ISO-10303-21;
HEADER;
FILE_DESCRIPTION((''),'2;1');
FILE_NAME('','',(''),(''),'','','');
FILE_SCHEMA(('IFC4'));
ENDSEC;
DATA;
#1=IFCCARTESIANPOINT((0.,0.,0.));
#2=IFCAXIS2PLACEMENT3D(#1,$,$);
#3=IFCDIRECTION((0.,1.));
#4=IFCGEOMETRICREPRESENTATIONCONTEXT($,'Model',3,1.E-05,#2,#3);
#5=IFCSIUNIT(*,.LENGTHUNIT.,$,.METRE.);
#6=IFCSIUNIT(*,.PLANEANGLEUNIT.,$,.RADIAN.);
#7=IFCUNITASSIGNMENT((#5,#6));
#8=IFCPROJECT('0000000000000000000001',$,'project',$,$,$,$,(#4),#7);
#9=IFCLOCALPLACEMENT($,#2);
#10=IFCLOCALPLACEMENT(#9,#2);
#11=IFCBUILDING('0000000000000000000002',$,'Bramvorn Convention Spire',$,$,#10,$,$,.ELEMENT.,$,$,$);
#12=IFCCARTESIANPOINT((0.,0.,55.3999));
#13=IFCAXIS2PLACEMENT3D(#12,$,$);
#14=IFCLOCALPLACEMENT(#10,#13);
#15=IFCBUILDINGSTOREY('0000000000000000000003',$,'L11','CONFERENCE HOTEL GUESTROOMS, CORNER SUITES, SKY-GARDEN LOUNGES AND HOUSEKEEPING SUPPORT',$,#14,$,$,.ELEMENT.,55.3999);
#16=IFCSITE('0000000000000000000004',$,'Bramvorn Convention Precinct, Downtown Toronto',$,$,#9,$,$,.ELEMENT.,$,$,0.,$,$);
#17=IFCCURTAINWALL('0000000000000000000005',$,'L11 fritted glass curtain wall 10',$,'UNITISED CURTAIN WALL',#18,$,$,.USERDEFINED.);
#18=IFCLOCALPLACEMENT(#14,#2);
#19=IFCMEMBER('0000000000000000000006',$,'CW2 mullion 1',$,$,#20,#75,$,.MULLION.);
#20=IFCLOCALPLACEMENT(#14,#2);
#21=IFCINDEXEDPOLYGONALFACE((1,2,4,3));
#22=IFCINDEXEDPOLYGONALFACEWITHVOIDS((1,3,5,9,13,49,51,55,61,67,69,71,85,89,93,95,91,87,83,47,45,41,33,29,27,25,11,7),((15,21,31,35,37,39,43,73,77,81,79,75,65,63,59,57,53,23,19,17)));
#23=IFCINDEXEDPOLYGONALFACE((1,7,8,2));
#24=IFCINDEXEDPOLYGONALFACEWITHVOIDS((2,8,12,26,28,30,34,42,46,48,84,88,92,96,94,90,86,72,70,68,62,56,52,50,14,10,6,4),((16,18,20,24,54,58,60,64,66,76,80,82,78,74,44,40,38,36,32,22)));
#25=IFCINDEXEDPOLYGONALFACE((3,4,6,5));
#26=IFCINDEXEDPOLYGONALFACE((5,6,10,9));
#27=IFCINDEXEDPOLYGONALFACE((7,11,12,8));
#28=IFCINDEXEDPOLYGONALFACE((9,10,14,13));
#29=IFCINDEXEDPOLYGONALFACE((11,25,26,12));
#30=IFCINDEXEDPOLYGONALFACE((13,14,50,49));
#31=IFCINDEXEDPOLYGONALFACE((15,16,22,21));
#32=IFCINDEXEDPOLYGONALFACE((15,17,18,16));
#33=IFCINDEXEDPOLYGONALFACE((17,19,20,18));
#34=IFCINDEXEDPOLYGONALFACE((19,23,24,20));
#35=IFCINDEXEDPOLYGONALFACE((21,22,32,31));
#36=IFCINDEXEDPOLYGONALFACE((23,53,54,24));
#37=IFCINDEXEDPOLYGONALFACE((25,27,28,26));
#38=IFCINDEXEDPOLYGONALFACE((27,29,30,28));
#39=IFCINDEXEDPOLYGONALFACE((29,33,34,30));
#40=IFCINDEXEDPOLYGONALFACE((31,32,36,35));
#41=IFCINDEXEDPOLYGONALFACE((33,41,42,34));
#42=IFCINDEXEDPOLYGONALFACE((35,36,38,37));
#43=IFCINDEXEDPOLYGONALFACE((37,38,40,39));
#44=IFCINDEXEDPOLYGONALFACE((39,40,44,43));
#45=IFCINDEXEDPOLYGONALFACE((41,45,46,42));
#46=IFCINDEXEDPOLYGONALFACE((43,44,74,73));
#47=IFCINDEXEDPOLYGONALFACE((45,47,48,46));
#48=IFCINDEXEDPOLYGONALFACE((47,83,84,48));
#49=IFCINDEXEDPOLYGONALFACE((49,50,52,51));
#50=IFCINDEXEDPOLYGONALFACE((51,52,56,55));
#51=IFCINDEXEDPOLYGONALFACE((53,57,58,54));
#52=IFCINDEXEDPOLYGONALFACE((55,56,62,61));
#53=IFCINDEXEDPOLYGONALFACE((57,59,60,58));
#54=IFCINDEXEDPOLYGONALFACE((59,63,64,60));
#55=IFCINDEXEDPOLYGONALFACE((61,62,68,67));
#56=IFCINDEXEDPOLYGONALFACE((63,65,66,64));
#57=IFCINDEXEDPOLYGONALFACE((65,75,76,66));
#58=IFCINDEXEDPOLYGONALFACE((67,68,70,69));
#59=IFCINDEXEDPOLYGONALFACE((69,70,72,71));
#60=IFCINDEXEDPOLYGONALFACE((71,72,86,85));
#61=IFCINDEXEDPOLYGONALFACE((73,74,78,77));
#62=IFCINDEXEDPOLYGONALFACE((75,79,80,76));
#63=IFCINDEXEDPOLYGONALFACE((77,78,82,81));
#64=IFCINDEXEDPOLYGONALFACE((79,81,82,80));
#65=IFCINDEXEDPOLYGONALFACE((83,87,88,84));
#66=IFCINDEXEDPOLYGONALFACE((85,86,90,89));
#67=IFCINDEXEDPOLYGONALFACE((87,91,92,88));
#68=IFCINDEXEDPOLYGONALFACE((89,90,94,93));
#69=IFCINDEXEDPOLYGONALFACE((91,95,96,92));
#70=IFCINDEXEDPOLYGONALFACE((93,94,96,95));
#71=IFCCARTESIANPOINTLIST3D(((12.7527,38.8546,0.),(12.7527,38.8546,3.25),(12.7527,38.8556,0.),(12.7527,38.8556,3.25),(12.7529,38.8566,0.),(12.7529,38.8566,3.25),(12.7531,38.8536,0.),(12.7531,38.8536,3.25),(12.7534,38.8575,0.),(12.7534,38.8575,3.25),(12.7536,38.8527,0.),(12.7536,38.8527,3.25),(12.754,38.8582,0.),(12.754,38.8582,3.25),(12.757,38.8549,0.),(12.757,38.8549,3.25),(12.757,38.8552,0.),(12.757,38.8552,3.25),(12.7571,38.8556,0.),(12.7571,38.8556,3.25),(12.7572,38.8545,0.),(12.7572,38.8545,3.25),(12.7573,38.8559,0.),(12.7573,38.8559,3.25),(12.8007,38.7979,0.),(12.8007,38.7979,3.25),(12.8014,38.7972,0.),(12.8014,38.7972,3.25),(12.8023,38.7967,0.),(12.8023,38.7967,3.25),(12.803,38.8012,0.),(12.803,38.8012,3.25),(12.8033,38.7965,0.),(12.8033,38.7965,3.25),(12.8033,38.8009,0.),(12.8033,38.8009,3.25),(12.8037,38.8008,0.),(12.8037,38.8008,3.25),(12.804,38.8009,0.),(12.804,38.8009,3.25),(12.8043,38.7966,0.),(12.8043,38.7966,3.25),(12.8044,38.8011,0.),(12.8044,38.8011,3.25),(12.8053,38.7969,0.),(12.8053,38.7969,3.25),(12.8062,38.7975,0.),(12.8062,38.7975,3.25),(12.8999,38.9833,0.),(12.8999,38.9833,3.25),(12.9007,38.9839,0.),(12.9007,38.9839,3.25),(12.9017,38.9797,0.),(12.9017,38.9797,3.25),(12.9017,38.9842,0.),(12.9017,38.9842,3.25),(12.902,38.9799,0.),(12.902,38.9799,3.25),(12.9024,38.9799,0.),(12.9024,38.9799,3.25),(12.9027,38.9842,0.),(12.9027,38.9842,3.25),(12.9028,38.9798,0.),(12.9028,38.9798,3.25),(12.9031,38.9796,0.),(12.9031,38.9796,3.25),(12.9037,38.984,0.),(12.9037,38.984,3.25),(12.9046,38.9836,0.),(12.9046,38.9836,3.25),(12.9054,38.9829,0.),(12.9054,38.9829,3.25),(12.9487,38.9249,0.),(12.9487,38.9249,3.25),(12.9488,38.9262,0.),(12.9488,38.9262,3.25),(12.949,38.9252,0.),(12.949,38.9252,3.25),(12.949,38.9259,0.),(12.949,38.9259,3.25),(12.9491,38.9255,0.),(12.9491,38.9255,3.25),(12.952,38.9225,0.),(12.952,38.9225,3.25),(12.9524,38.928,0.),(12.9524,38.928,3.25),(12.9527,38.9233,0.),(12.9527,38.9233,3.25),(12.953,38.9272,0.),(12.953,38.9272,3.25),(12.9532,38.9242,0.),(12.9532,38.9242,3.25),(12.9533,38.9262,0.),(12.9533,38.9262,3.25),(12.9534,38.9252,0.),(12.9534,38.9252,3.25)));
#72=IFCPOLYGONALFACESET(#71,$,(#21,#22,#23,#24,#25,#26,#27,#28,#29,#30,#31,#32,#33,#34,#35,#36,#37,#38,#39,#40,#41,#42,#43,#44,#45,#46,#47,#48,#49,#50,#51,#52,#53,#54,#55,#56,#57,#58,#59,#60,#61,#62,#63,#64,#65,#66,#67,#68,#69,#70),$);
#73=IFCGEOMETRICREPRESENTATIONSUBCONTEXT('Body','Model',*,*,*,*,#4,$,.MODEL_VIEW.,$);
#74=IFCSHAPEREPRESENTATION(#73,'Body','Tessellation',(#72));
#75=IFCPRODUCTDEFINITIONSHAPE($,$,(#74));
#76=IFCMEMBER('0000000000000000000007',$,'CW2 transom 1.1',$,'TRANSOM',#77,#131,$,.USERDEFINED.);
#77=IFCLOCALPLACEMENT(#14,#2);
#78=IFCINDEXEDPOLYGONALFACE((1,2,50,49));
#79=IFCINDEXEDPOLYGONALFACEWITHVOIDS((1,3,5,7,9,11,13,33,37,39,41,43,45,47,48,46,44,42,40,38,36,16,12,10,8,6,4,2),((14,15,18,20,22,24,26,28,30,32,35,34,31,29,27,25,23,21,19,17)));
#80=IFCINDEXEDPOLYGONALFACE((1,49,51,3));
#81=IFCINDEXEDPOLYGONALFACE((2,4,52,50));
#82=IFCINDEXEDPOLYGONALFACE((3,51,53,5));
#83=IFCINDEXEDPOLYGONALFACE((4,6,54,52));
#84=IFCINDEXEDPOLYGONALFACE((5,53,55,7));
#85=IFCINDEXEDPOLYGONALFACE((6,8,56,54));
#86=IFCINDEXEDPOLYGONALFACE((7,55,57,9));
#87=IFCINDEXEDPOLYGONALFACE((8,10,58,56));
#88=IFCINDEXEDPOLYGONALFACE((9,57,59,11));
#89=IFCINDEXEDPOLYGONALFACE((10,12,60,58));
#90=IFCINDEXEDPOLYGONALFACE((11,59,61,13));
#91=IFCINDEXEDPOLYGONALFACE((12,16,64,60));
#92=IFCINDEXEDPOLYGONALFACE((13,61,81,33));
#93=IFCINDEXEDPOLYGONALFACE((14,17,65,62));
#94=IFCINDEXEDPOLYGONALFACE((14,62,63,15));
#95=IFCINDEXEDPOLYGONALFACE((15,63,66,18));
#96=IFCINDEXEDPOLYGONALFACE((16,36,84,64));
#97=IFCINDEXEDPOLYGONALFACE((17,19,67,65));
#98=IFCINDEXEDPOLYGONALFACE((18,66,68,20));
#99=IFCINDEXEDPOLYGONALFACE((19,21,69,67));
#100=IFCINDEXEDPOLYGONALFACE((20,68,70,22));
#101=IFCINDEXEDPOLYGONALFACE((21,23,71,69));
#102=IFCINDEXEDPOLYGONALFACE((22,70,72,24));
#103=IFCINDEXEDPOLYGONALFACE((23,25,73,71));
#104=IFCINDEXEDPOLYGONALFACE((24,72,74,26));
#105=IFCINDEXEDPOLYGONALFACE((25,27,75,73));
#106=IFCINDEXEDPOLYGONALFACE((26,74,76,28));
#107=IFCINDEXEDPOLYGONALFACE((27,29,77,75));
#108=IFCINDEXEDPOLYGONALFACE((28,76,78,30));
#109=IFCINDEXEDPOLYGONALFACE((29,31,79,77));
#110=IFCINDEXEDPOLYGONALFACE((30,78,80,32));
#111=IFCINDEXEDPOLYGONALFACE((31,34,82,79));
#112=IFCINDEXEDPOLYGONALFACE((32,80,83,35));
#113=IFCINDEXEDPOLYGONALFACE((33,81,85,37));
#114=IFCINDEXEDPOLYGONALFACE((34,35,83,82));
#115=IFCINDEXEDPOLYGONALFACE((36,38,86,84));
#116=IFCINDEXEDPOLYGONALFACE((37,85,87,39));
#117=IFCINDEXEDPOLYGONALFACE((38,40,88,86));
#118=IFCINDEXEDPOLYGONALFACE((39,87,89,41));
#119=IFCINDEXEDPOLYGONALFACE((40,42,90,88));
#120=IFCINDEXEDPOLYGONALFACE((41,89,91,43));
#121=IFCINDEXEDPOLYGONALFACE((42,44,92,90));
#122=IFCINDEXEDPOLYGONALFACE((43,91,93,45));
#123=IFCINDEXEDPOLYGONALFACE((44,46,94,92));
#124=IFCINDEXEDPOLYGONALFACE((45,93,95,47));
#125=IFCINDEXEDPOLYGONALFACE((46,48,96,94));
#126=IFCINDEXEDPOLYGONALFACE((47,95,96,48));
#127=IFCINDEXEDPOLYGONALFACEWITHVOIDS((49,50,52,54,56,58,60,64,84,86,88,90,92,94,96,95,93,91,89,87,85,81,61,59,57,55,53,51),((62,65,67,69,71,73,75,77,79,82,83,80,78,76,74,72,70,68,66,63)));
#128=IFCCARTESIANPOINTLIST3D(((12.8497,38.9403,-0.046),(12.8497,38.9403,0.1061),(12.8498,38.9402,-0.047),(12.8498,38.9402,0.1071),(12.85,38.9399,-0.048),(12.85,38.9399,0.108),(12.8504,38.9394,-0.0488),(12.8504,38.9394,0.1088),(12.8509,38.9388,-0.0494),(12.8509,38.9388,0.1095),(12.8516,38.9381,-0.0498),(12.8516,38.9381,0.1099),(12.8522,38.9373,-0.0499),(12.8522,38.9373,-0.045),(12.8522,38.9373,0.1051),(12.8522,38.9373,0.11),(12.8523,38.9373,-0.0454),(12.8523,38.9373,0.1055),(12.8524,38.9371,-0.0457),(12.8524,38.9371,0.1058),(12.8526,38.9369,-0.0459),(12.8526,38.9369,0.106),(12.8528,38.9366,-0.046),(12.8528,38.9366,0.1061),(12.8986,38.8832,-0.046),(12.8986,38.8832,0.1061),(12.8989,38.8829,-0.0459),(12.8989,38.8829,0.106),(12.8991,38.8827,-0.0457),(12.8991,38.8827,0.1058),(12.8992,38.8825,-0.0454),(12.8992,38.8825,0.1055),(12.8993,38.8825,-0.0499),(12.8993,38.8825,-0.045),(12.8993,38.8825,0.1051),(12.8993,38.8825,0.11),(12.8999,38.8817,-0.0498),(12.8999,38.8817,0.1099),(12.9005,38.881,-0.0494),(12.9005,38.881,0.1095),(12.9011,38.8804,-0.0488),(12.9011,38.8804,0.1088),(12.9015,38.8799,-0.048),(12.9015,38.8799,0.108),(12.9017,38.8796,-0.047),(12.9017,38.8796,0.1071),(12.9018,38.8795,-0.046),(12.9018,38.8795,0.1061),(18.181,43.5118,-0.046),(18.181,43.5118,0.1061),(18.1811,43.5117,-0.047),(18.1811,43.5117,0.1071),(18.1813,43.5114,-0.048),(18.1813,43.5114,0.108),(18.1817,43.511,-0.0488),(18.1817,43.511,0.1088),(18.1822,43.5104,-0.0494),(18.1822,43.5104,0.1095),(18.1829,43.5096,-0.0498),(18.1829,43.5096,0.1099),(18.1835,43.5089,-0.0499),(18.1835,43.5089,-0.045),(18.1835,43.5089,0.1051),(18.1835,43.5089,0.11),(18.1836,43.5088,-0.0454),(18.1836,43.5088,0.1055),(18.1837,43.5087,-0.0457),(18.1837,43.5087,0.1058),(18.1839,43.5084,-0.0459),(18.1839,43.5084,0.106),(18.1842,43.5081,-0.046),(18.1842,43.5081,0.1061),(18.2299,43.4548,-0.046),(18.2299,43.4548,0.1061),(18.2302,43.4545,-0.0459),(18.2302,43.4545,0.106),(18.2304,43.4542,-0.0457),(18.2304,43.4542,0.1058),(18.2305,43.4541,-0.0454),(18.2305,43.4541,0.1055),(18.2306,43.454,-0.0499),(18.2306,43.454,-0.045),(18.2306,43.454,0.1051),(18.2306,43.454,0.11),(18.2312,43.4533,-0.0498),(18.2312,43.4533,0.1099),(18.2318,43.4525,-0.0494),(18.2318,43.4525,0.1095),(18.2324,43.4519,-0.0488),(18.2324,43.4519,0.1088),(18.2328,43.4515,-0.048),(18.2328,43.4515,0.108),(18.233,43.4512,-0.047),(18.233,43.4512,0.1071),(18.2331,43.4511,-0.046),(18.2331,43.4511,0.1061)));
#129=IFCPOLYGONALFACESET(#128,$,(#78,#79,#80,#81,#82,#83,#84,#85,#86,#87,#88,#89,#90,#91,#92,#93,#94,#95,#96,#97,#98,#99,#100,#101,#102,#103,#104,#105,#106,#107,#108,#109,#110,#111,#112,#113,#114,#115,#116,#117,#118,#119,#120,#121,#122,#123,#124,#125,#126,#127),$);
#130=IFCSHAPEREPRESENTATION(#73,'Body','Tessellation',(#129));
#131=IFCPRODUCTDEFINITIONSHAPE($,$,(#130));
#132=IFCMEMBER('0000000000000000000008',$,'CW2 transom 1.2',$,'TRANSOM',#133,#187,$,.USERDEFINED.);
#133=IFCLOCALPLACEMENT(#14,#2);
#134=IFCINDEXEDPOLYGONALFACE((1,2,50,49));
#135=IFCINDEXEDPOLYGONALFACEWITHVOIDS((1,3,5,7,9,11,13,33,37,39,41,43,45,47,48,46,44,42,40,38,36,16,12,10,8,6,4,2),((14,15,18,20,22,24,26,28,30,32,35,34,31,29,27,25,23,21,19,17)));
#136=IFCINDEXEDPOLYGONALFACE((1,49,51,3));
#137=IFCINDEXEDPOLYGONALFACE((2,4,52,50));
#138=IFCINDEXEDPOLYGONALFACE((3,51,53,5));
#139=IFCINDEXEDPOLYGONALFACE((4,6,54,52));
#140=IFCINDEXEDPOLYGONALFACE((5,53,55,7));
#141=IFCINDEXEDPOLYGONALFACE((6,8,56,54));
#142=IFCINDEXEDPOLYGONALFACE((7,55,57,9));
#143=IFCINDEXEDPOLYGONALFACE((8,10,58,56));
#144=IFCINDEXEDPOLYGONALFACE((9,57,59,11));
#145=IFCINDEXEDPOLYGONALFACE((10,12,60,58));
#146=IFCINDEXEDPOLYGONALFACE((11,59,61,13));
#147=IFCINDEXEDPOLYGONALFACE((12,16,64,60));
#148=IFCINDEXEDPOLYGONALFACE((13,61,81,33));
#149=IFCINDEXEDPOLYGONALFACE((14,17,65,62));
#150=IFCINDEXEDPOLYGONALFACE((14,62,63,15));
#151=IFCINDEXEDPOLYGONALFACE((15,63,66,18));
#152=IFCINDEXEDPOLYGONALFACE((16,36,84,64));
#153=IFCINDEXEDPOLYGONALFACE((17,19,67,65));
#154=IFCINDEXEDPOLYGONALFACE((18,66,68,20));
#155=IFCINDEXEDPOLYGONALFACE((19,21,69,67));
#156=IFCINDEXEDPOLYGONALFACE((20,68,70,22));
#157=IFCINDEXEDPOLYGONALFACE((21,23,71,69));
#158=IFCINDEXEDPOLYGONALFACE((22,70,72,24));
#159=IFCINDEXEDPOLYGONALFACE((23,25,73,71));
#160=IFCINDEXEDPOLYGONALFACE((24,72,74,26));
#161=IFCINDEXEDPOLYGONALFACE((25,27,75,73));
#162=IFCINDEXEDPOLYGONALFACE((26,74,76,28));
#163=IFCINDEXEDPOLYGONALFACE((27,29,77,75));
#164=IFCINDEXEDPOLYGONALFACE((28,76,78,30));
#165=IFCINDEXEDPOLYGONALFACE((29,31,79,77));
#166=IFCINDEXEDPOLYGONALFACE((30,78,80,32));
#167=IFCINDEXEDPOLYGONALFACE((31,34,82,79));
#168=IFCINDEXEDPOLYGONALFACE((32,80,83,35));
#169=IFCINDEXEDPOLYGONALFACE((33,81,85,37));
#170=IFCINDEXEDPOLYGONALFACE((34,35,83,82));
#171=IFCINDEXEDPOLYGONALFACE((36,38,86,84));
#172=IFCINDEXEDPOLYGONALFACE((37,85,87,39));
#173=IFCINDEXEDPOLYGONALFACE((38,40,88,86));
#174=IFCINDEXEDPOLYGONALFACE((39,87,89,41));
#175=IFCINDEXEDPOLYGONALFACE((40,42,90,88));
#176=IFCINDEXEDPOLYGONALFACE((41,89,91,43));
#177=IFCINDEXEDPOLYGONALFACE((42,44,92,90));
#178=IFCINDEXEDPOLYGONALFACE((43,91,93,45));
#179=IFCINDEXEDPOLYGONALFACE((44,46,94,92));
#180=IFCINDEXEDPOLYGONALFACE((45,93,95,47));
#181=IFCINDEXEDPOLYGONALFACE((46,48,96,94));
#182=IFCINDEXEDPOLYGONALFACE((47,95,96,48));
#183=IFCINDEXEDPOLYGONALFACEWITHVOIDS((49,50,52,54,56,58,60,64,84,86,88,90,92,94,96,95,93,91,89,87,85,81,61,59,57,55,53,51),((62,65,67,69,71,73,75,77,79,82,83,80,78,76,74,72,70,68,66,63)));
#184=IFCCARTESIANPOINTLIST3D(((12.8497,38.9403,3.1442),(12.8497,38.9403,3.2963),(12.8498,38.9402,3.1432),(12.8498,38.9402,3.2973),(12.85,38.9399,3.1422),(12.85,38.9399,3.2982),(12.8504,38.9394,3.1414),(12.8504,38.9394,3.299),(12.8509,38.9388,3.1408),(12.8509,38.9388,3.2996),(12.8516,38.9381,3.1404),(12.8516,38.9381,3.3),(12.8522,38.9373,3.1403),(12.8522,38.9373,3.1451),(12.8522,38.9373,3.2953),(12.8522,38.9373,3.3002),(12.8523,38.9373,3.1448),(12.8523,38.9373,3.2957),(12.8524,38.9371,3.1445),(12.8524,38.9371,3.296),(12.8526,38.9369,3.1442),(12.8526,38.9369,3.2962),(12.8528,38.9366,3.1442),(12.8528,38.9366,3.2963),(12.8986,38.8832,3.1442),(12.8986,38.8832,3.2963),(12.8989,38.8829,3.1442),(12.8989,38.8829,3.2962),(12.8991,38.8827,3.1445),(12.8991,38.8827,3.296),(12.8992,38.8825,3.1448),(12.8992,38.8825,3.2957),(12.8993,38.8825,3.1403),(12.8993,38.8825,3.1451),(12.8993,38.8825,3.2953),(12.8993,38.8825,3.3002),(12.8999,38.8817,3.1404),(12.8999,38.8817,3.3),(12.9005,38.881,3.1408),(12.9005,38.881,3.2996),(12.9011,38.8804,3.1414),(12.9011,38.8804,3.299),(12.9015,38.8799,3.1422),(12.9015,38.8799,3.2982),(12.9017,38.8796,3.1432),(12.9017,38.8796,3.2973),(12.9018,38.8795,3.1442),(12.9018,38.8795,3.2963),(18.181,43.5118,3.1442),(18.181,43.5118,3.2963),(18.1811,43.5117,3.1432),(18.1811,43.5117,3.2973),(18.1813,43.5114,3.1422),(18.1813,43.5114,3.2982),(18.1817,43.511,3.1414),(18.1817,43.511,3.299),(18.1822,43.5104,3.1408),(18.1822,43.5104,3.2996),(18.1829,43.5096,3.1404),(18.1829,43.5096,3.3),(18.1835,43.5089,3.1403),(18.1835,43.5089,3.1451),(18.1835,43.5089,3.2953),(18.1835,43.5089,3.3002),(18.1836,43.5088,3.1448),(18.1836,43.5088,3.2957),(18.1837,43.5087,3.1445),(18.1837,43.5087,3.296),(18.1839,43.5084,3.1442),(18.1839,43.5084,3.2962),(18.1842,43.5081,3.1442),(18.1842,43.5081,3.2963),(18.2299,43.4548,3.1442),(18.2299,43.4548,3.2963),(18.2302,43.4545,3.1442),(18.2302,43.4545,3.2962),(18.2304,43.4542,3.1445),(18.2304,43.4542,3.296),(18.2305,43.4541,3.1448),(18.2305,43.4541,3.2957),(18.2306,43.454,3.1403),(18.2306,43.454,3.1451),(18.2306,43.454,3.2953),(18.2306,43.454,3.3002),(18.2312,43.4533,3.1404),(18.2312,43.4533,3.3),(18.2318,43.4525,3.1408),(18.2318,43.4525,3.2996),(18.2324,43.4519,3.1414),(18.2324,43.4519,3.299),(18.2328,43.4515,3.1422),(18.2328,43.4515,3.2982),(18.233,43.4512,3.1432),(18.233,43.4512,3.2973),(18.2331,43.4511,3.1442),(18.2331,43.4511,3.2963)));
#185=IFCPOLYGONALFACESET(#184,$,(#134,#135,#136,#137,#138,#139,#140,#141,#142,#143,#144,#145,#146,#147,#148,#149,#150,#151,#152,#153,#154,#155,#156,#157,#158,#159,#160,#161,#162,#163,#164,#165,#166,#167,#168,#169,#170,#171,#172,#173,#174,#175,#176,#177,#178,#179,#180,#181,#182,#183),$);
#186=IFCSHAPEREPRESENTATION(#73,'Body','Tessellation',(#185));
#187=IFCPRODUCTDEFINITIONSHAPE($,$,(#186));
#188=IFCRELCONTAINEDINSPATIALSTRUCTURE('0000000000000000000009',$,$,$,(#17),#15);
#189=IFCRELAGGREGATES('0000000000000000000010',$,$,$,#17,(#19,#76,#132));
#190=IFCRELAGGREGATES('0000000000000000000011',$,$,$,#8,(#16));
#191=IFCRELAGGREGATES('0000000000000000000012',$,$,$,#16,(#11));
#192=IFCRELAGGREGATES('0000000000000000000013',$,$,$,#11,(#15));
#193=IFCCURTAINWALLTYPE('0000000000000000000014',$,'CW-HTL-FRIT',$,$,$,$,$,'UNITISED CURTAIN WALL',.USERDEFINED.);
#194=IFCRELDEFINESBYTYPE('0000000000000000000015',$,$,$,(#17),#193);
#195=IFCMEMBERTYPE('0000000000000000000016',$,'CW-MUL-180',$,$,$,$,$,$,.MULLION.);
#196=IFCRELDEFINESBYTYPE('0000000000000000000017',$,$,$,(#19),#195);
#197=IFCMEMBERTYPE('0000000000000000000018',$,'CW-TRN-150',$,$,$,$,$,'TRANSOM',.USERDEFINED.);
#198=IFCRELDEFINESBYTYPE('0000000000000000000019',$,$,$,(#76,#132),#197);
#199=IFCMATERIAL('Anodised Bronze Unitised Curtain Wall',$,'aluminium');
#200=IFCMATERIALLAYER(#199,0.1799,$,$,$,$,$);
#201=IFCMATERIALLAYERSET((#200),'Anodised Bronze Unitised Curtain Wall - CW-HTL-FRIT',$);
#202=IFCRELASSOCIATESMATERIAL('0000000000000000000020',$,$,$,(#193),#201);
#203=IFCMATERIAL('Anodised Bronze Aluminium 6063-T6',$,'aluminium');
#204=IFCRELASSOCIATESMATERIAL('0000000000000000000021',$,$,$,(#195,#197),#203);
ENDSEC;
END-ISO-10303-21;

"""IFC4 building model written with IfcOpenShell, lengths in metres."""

from ifc_helpers import new_model, si_unit, direction, frame, origin, origin_2d, place, context, subcontext, project, spatial, hollow_rectangle, extrude, material, layer, layer_set, material_profile, profile_set, type_object, element, aggregate, save


model = new_model("IFC4")

# Units and contexts
model_context = context("Model", 3, precision=1e-05, world=origin(), true_north=direction((0.0, 1.0)))
body_context = subcontext(model_context, "Body", "Model", "MODEL_VIEW")
ifc_project = project(units=[si_unit("LENGTHUNIT", "METRE"), si_unit("PLANEANGLEUNIT", "RADIAN")], contexts=[model_context])

# Site, building, storey
site_placement = place(None, origin())
site = spatial("IfcSite", under=ifc_project, at=site_placement, Name="Bramvorn Convention Precinct, Downtown Toronto", CompositionType="ELEMENT", RefElevation=0.0)
building_placement = place(site_placement, origin())
building = spatial("IfcBuilding", under=site, at=building_placement, Name="Bramvorn Convention Spire", CompositionType="ELEMENT")
storey_placement = place(building_placement, frame((0.0, 0.0, 55.3999)))
storey = spatial("IfcBuildingStorey", under=building, at=storey_placement, Name="L11", Description="CONFERENCE HOTEL GUESTROOMS, CORNER SUITES, SKY-GARDEN LOUNGES AND HOUSEKEEPING SUPPORT", CompositionType="ELEMENT", Elevation=55.3999)

# Curtain wall, members
ifc_material_1 = material(Name="Anodised Bronze Unitised Curtain Wall", Category="aluminium")
ifc_layer_1 = layer(ifc_material_1, 0.1799)
ifc_layer_set_1 = layer_set([ifc_layer_1], Name="Anodised Bronze Unitised Curtain Wall - CW-HTL-FRIT")
curtain_wall_type = type_object("IfcCurtainWallType", Name="CW-HTL-FRIT", ElementType="UNITISED CURTAIN WALL", PredefinedType="USERDEFINED", material=ifc_layer_set_1)
curtain_wall_placement = place(storey_placement, origin())
curtain_wall = element("IfcCurtainWall", 1, at=curtain_wall_placement, inside=storey, type_object=curtain_wall_type, Name="L11 fritted glass curtain wall 10", ObjectType="UNITISED CURTAIN WALL", PredefinedType="USERDEFINED")
ifc_material_2 = material(Name="Anodised Bronze Aluminium 6063-T6", Category="aluminium")
ifc_material_profile_1 = material_profile(ifc_material_2, hollow_rectangle(XDim=0.0801, YDim=0.2, WallThickness=0.0039, InnerFilletRadius=0.001, OuterFilletRadius=0.0039, at=origin_2d()))
ifc_profile_set_1 = profile_set([ifc_material_profile_1], Name="Anodised Bronze Aluminium 6063-T6 - CWM80X200")
member_type_1 = type_object("IfcMemberType", Name="CW-MUL-180", PredefinedType="MULLION", material=ifc_profile_set_1)
member_1_placement = place(storey_placement, frame((12.853, 38.8904, 0.0), z_axis=(0.0, 0.0, 1.0), x_axis=(-0.650946, 0.759124, 0.0)))
member_1 = element("IfcMember", 2, at=member_1_placement, type_object=member_type_1, Name="CW2 mullion 1", PredefinedType="MULLION", context=body_context, shape_type="SweptSolid", body=[
    extrude(hollow_rectangle(XDim=0.0801, YDim=0.2, WallThickness=0.0039, InnerFilletRadius=0.001, OuterFilletRadius=0.0039, at=origin_2d()), origin(), (0.0, 0.0, 1.0), 3.25),
])
ifc_material_profile_2 = material_profile(ifc_material_2, hollow_rectangle(XDim=0.0801, YDim=0.1599, WallThickness=0.0039, InnerFilletRadius=0.001, OuterFilletRadius=0.0039, at=origin_2d()))
ifc_profile_set_2 = profile_set([ifc_material_profile_2], Name="Anodised Bronze Aluminium 6063-T6 - CWT80X160")
member_type_2 = type_object("IfcMemberType", Name="CW-TRN-150", ElementType="TRANSOM", PredefinedType="USERDEFINED", material=ifc_profile_set_2)
member_2_placement = place(storey_placement, frame((12.8757, 38.9099, 0.03), z_axis=(0.759127, 0.650943, 0.0), x_axis=(-0.650943, 0.759127, 0.0)))
member_2 = element("IfcMember", 3, at=member_2_placement, type_object=member_type_2, Name="CW2 transom 1.1", ObjectType="TRANSOM", PredefinedType="USERDEFINED", context=body_context, shape_type="SweptSolid", body=[
    extrude(hollow_rectangle(XDim=0.0801, YDim=0.1599, WallThickness=0.0039, InnerFilletRadius=0.001, OuterFilletRadius=0.0039, at=origin_2d()), origin(), (0.0, 0.0, 1.0), 7.0229),
])
member_3_placement = place(storey_placement, frame((12.8757, 38.9099, 3.2202), z_axis=(0.759127, 0.650943, 0.0), x_axis=(-0.650943, 0.759127, 0.0)))
member_3 = element("IfcMember", 4, at=member_3_placement, type_object=member_type_2, Name="CW2 transom 1.2", ObjectType="TRANSOM", PredefinedType="USERDEFINED", context=body_context, shape_type="SweptSolid", body=[
    extrude(hollow_rectangle(XDim=0.0801, YDim=0.1599, WallThickness=0.0039, InnerFilletRadius=0.001, OuterFilletRadius=0.0039, at=origin_2d()), origin(), (0.0, 0.0, 1.0), 7.0229),
])
aggregate(curtain_wall, [member_1, member_2, member_3])

save(model, "model.ifc")
